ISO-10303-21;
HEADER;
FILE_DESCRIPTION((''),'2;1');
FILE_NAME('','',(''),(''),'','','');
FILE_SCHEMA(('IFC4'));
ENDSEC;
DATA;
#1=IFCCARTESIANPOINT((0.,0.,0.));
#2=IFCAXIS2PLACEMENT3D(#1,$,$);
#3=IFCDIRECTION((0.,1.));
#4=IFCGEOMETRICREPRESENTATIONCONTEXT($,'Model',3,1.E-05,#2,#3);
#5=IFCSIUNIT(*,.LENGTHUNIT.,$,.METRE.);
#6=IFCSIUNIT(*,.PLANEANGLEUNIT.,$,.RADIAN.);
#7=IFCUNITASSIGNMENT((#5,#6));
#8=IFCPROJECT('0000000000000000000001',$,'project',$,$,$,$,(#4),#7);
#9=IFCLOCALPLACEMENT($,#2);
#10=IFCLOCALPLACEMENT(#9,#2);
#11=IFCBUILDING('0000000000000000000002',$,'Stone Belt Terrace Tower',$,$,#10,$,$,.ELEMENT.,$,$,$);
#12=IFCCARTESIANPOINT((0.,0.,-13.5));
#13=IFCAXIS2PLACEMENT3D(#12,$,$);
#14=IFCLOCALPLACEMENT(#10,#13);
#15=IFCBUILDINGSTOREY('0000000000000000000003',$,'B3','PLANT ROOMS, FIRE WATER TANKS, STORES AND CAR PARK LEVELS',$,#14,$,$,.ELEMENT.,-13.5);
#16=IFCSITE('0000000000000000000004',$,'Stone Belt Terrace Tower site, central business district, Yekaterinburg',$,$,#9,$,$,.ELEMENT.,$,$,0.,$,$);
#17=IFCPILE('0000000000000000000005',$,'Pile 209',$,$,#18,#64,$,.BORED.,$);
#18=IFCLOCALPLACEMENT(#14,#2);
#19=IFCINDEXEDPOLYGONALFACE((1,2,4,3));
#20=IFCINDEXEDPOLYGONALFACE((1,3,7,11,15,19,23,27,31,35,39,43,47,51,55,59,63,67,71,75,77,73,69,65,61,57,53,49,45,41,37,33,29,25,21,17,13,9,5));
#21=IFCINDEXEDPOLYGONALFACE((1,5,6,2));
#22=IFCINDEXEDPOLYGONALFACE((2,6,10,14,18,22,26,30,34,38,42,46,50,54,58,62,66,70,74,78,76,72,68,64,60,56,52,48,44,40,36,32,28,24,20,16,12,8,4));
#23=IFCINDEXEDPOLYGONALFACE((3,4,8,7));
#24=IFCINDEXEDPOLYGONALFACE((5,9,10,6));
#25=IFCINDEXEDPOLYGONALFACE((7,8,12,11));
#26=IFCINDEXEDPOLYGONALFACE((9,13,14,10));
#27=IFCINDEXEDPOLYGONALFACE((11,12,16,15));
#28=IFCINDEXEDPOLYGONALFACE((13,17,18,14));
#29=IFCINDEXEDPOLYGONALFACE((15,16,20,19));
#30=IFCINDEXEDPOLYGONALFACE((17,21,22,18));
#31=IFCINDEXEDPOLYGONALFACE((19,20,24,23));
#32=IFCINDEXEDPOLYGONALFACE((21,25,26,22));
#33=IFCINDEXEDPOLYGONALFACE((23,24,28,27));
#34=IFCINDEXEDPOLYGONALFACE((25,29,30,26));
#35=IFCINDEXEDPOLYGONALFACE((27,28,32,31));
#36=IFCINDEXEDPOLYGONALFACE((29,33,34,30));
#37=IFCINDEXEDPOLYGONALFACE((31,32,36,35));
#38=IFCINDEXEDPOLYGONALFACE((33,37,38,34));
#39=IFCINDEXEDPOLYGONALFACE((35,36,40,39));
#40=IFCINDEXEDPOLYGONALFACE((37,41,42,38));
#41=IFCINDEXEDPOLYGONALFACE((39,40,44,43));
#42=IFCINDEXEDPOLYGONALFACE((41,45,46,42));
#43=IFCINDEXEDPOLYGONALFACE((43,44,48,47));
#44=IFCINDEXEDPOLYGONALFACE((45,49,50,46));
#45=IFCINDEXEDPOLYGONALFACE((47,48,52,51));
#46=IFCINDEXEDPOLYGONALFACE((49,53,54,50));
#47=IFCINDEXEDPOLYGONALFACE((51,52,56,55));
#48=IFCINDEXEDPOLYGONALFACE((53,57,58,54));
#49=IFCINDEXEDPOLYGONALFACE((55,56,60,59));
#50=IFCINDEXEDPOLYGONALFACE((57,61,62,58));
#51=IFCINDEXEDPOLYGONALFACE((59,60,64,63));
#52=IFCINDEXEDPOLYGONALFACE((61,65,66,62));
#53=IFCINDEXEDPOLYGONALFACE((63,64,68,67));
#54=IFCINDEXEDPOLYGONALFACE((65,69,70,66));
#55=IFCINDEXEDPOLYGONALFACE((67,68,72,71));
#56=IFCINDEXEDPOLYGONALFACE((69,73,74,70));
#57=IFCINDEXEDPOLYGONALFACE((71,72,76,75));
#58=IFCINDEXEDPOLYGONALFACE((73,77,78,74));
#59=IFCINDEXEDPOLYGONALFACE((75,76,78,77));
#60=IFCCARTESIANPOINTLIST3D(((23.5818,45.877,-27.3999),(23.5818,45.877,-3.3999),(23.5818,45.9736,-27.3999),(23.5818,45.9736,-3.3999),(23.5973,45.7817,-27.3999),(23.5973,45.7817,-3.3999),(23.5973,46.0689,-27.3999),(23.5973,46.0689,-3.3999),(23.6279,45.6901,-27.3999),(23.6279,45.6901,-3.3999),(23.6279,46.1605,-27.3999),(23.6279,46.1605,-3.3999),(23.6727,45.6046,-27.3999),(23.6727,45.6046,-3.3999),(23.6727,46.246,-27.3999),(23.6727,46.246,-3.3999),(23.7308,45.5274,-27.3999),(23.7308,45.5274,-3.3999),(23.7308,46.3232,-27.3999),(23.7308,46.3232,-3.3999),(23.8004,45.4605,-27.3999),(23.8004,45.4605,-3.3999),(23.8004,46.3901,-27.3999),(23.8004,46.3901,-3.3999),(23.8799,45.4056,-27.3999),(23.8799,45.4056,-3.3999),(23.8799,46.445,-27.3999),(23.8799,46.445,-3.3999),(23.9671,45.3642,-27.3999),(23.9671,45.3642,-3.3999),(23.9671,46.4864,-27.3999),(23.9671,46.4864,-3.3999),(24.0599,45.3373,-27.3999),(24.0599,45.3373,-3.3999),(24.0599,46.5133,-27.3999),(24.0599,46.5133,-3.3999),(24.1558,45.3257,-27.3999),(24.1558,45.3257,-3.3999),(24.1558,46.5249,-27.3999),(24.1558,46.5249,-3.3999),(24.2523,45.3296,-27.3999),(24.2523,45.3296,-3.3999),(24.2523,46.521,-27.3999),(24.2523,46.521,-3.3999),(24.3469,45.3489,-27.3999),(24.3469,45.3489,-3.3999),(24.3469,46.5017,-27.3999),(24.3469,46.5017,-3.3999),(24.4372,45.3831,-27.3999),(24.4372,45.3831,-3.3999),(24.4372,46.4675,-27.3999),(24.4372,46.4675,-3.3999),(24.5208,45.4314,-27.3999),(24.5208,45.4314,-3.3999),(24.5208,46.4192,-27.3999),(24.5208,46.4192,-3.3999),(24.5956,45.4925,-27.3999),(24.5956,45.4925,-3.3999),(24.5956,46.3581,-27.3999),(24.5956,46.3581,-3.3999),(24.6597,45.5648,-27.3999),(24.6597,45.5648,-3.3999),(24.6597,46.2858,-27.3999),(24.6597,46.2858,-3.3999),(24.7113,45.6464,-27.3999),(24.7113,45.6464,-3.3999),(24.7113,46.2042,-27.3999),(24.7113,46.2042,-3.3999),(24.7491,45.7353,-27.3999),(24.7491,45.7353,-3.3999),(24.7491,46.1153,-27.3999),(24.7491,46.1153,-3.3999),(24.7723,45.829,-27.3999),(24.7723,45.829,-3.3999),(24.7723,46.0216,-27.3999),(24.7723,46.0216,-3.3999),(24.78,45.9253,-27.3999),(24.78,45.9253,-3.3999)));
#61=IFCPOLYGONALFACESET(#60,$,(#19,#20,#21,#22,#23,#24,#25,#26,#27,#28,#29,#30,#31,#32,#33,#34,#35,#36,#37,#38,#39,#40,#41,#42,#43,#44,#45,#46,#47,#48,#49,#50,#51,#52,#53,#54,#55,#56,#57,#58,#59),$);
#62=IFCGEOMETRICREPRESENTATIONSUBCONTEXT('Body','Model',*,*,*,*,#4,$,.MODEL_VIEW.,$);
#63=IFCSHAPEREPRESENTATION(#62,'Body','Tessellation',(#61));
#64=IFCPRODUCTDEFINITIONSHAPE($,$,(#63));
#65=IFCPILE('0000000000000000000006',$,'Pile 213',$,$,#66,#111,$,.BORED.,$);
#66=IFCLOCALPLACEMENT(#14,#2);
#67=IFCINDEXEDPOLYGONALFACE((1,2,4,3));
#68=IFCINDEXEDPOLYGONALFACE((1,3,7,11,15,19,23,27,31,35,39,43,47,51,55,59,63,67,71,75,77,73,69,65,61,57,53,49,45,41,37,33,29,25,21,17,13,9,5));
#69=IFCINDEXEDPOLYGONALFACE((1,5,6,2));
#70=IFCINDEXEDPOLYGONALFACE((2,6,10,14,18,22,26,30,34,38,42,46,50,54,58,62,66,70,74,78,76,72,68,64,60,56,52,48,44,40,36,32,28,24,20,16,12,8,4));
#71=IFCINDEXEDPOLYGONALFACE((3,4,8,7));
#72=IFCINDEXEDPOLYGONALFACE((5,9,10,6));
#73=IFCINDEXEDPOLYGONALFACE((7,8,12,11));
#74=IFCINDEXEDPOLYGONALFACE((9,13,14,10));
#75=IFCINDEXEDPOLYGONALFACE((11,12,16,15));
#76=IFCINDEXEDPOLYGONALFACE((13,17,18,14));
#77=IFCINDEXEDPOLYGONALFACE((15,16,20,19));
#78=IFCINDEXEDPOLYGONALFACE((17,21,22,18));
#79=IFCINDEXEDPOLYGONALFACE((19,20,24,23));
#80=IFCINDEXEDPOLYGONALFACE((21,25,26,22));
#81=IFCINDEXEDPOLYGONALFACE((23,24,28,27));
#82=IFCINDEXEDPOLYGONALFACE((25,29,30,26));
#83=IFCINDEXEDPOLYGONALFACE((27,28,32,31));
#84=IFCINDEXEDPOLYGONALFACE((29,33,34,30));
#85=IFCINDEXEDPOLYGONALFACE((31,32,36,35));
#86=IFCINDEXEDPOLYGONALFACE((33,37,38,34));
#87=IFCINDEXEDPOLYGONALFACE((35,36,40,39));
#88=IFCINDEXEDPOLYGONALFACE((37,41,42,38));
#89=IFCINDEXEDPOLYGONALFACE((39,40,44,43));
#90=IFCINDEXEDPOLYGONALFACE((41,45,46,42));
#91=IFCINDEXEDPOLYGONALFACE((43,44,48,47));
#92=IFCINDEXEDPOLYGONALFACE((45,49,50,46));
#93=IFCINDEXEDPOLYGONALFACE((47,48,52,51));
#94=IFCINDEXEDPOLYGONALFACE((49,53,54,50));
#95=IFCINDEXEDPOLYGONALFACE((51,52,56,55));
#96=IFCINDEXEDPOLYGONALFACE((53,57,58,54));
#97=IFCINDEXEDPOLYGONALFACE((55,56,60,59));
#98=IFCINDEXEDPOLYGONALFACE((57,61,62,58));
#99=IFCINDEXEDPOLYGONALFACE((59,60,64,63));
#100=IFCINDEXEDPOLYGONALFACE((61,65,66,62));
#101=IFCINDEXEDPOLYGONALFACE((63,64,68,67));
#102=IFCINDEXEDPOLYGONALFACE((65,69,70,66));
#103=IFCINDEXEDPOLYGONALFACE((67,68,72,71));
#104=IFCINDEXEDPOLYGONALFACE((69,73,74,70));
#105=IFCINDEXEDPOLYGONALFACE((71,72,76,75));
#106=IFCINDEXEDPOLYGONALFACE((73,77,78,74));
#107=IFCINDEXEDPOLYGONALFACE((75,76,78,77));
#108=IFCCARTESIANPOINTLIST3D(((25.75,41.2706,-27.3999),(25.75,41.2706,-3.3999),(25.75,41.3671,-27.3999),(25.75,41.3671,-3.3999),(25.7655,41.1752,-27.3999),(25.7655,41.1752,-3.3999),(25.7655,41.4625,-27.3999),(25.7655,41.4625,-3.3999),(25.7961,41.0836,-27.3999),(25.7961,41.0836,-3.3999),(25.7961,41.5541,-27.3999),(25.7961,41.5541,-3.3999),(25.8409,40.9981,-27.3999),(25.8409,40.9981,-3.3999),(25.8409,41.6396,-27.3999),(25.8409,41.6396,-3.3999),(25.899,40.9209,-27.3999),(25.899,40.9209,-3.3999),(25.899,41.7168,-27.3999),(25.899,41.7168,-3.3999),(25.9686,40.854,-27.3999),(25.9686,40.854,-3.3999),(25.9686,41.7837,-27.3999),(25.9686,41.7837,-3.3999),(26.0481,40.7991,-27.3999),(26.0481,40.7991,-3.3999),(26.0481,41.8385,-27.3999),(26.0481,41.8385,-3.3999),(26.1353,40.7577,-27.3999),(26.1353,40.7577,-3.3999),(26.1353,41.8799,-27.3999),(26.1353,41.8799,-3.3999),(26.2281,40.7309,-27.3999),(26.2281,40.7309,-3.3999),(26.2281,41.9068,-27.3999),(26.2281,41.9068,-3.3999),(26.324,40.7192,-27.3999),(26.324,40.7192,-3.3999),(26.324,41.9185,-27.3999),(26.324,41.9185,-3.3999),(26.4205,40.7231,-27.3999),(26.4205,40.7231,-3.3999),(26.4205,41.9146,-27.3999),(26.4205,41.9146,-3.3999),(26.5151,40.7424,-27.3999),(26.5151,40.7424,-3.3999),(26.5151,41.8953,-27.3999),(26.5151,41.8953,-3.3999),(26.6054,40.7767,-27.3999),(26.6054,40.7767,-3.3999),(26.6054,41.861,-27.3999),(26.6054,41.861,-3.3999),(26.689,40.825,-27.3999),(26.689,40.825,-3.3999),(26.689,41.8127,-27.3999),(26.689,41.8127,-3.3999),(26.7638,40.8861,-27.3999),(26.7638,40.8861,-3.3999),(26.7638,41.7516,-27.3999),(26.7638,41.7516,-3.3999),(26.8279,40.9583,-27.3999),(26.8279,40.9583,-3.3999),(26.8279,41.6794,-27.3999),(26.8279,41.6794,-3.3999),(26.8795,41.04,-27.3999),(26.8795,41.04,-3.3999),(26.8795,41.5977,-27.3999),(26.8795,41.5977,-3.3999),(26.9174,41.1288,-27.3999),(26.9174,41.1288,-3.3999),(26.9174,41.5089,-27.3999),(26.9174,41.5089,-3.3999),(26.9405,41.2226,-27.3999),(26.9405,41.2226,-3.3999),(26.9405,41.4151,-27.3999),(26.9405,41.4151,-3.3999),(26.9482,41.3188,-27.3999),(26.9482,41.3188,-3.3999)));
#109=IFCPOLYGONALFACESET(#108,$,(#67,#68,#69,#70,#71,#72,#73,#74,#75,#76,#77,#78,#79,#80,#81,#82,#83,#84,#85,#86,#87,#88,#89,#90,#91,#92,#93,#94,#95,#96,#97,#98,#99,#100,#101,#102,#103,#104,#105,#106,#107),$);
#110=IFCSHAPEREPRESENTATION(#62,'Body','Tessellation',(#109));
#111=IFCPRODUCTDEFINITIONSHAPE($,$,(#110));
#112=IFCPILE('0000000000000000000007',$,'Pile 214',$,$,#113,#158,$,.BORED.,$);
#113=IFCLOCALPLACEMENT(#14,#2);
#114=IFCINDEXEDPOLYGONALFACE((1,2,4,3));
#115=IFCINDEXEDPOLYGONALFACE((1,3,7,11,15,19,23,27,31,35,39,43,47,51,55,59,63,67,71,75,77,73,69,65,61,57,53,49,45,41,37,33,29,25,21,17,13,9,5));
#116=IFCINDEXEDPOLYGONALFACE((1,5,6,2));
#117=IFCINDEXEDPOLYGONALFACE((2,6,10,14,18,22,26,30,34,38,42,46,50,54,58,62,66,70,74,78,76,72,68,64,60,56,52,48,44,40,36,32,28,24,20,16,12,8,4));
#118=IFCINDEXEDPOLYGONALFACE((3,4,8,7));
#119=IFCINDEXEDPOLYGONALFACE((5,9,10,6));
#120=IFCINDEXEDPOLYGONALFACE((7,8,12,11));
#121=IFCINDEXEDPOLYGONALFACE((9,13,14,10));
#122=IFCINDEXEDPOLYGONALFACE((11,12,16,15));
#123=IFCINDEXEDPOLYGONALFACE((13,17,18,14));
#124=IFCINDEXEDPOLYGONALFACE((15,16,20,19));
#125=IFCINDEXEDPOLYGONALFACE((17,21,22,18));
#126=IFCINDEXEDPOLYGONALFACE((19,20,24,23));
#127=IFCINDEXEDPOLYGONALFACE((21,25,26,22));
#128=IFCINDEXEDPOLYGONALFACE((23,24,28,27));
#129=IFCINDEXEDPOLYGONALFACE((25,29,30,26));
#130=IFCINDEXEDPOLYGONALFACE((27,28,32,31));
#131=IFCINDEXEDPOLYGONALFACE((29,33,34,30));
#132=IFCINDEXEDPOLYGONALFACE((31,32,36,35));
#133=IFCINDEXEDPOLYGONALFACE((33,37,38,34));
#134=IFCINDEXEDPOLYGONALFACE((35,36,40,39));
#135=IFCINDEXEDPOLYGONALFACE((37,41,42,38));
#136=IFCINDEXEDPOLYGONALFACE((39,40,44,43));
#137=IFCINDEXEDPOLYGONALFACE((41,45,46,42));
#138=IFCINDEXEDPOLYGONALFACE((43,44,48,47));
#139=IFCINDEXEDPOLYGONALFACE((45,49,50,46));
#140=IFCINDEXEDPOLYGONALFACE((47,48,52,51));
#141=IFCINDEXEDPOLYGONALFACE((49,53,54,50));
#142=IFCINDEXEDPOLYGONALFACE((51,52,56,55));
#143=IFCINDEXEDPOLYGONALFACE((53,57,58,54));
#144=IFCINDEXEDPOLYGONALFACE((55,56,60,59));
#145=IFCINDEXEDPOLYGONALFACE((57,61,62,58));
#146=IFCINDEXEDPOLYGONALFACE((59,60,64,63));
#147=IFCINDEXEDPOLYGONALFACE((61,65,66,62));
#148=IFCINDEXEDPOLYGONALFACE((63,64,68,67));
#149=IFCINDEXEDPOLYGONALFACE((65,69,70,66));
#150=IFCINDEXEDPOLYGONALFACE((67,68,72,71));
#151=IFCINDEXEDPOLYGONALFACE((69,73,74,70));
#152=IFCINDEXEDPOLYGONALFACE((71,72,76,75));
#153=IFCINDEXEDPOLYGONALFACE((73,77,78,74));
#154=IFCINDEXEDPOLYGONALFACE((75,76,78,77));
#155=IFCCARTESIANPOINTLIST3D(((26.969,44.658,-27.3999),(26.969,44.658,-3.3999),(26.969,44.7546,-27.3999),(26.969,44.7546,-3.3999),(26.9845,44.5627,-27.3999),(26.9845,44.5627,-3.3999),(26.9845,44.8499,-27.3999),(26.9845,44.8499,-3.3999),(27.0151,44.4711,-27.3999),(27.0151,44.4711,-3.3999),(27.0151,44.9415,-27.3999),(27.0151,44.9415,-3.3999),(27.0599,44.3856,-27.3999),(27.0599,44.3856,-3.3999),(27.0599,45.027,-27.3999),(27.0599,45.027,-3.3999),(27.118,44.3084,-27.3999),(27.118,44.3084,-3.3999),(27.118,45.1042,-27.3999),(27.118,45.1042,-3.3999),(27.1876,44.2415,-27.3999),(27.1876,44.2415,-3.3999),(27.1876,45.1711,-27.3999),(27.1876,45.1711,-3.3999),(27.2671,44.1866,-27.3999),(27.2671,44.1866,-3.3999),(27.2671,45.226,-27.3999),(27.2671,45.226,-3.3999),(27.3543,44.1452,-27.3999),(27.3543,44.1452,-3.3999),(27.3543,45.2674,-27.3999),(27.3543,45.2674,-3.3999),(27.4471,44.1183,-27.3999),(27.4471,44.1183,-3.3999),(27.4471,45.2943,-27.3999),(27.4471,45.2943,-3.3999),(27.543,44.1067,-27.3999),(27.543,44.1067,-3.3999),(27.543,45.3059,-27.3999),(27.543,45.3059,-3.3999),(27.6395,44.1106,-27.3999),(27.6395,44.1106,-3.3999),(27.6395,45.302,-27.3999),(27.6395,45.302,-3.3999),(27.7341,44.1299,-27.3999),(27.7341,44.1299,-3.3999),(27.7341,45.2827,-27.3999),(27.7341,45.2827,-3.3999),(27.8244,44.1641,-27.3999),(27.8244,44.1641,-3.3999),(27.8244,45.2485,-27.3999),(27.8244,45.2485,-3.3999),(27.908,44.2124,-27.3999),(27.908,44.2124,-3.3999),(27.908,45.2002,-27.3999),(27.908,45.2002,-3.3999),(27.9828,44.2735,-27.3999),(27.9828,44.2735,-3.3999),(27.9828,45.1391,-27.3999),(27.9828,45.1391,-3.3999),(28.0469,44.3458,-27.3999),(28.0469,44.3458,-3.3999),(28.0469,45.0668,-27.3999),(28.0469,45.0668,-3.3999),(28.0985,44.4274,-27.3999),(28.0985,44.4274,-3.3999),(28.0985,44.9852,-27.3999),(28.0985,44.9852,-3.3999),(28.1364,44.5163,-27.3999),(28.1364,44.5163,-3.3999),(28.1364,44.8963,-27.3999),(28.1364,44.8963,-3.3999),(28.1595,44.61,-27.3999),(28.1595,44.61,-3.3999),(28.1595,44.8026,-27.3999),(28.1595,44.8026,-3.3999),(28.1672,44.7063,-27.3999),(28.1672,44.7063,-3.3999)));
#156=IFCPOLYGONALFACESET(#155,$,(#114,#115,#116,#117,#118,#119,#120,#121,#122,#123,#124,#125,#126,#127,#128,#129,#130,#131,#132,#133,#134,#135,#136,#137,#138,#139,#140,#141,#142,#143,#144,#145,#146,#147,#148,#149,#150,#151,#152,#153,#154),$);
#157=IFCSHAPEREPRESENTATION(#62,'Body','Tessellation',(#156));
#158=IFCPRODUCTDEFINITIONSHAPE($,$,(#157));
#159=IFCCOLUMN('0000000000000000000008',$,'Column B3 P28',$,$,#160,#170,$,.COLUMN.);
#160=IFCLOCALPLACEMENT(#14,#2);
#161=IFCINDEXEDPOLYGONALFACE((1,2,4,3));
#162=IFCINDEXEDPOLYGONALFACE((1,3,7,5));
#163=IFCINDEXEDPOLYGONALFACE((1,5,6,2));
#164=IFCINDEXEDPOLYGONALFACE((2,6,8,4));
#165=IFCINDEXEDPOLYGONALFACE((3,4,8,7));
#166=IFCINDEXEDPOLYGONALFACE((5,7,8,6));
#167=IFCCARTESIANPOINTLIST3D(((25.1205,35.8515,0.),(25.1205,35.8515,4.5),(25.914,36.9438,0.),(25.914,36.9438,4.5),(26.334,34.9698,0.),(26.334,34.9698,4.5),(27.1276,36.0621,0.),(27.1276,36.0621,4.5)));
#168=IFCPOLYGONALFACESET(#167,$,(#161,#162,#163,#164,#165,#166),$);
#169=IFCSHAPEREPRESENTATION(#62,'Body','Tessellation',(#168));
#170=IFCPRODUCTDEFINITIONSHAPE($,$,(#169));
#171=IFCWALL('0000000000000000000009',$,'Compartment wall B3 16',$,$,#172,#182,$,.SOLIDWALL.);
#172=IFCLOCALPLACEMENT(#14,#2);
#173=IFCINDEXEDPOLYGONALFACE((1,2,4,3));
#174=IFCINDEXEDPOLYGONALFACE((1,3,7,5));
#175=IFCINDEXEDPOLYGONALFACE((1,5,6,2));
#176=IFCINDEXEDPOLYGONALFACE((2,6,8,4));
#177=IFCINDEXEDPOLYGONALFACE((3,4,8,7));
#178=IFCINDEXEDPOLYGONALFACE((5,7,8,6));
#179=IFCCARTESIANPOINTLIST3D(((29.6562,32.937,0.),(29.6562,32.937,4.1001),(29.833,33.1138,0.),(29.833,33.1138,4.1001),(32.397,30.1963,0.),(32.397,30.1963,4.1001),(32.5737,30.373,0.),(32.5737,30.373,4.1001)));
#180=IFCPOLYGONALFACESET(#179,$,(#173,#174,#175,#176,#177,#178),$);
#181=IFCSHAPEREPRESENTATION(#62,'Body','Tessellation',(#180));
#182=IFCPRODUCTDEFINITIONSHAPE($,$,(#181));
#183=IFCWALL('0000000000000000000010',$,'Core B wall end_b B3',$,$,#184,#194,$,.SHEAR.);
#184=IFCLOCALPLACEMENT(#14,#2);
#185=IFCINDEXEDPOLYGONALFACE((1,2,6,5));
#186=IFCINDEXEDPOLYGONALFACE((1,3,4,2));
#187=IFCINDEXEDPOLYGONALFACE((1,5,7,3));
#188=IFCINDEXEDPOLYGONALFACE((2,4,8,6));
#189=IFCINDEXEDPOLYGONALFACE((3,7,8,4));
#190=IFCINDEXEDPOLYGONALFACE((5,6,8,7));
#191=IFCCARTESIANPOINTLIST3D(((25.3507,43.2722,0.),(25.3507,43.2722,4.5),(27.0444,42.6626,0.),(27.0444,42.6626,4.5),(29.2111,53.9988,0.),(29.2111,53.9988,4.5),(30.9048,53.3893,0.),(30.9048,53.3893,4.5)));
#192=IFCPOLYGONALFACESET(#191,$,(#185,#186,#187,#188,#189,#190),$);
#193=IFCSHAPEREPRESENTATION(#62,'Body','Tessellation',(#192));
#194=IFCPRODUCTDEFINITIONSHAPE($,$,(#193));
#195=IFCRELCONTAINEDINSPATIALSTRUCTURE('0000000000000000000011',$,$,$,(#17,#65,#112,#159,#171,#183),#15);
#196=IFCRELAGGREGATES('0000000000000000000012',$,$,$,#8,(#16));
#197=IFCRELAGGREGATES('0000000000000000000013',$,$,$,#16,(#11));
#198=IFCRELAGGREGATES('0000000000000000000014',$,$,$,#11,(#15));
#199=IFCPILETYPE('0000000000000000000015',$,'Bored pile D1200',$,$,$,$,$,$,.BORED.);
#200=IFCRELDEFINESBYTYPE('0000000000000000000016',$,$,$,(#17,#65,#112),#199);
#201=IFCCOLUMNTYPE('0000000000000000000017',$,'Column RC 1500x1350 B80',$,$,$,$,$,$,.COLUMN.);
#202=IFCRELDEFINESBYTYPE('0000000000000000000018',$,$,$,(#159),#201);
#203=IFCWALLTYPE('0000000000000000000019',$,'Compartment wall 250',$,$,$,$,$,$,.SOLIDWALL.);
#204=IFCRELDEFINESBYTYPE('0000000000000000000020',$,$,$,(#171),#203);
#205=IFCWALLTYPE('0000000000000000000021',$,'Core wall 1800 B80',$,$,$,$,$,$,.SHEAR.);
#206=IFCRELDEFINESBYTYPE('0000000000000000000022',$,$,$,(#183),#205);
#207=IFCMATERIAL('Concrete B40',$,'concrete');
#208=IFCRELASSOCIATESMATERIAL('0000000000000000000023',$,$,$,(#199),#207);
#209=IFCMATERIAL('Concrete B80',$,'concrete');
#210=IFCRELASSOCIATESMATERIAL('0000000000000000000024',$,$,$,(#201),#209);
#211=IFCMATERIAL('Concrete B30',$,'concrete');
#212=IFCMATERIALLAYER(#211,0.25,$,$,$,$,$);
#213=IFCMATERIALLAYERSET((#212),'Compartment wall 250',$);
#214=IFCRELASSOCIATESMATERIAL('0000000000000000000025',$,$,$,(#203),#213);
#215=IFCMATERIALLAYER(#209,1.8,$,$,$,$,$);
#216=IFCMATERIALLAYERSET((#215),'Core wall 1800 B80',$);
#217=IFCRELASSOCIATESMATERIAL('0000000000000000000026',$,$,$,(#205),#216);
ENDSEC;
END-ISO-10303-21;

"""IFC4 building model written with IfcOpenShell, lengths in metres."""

from ifc_helpers import new_model, si_unit, direction, frame, frame_2d, origin, origin_2d, place, context, subcontext, project, spatial, rectangle, circle, extrude, material, layer, layer_set, material_profile, profile_set, type_object, element, save


model = new_model("IFC4")

# Units and contexts
model_context = context("Model", 3, precision=1e-05, world=origin(), true_north=direction((0.0, 1.0)))
body_context = subcontext(model_context, "Body", "Model", "MODEL_VIEW")
ifc_project = project(units=[si_unit("LENGTHUNIT", "METRE"), si_unit("PLANEANGLEUNIT", "RADIAN")], contexts=[model_context])

# Site, building, storey
site_placement = place(None, origin())
site = spatial("IfcSite", under=ifc_project, at=site_placement, Name="Stone Belt Terrace Tower site, central business district, Yekaterinburg", CompositionType="ELEMENT", RefElevation=0.0)
building_placement = place(site_placement, origin())
building = spatial("IfcBuilding", under=site, at=building_placement, Name="Stone Belt Terrace Tower", CompositionType="ELEMENT")
storey_placement = place(building_placement, frame((0.0, 0.0, -13.5)))
storey = spatial("IfcBuildingStorey", under=building, at=storey_placement, Name="B3", Description="PLANT ROOMS, FIRE WATER TANKS, STORES AND CAR PARK LEVELS", CompositionType="ELEMENT", Elevation=-13.5)

# Piles
ifc_material_1 = material(Name="Concrete B40", Category="concrete")
ifc_material_profile_1 = material_profile(ifc_material_1, circle(Radius=0.6001, at=origin_2d()), Name="PILE D1200")
ifc_profile_set_1 = profile_set([ifc_material_profile_1], Name="Concrete B40")
pile_type = type_object("IfcPileType", Name="Bored pile D1200", PredefinedType="BORED", material=ifc_profile_set_1)
for number, where, z_axis, x_axis, name in (
    (1, (24.1799, 45.9253, -3.3999), (0.0, 0.0, -1.0), (1.0, 0.0, 0.0), "Pile 209"),
    (2, (26.3481, 41.3188, -3.3999), (0.0, 0.0, -1.0), (1.0, 0.0, 0.0), "Pile 213"),
    (3, (27.5671, 44.7063, -3.3999), (0.0, 0.0, -1.0), (1.0, 0.0, 0.0), "Pile 214"),
):
    element("IfcPile", number, at=place(storey_placement, frame(where, z_axis=z_axis, x_axis=x_axis)), inside=storey, type_object=pile_type, Name=name, PredefinedType="BORED", context=body_context, shape_type="SweptSolid", body=[
        extrude(circle(Radius=0.6001, at=origin_2d()), origin(), (0.0, 0.0, 1.0), 24.0),
    ])

# Column
ifc_material_2 = material(Name="Concrete B80", Category="concrete")
ifc_material_profile_2 = material_profile(ifc_material_2, rectangle(XDim=1.5, YDim=1.3501, at=origin_2d()), Name="RC 1500x1350")
ifc_profile_set_2 = profile_set([ifc_material_profile_2], Name="Concrete B80")
column_type = type_object("IfcColumnType", Name="Column RC 1500x1350 B80", PredefinedType="COLUMN", material=ifc_profile_set_2)
column_placement = place(storey_placement, frame((26.124, 35.9568, 0.0), z_axis=(0.0, 0.0, 1.0), x_axis=(0.809017, -0.587785, 0.0)))
element("IfcColumn", 4, at=column_placement, inside=storey, type_object=column_type, Name="Column B3 P28", PredefinedType="COLUMN", context=body_context, shape_type="SweptSolid", body=[
    extrude(rectangle(XDim=1.5, YDim=1.3501, at=origin_2d()), origin(), (0.0, 0.0, 1.0), 4.5),
])

# Walls
ifc_material_3 = material(Name="Concrete B30", Category="concrete")
ifc_layer_1 = layer(ifc_material_3, 0.25)
ifc_layer_set_1 = layer_set([ifc_layer_1], Name="Compartment wall 250")
wall_type_1 = type_object("IfcWallType", Name="Compartment wall 250", PredefinedType="SOLIDWALL", material=ifc_layer_set_1)
wall_1_placement = place(storey_placement, frame((29.7446, 33.0254, 0.0), z_axis=(0.0, 0.0, 1.0), x_axis=(0.707107, -0.707107, 0.0)))
element("IfcWall", 5, at=wall_1_placement, inside=storey, type_object=wall_type_1, Name="Compartment wall B3 16", PredefinedType="SOLIDWALL", context=body_context, shape_type="SweptSolid", body=[
    extrude(rectangle(XDim=3.876, YDim=0.25, at=frame_2d((1.938, 0.0))), origin(), (0.0, 0.0, 1.0), 4.1001),
])
ifc_layer_2 = layer(ifc_material_2, 1.8)
ifc_layer_set_2 = layer_set([ifc_layer_2], Name="Core wall 1800 B80")
wall_type_2 = type_object("IfcWallType", Name="Core wall 1800 B80", PredefinedType="SHEAR", material=ifc_layer_set_2)
wall_2_placement = place(storey_placement, frame((26.1975, 42.9673, 0.0), z_axis=(0.0, 0.0, 1.0), x_axis=(0.338625, 0.940921, 0.0)))
element("IfcWall", 6, at=wall_2_placement, inside=storey, type_object=wall_type_2, Name="Core B wall end_b B3", PredefinedType="SHEAR", context=body_context, shape_type="SweptSolid", body=[
    extrude(rectangle(XDim=11.4001, YDim=1.8, at=frame_2d((5.7002, 0.0))), origin(), (0.0, 0.0, 1.0), 4.5),
])

save(model, "model.ifc")
